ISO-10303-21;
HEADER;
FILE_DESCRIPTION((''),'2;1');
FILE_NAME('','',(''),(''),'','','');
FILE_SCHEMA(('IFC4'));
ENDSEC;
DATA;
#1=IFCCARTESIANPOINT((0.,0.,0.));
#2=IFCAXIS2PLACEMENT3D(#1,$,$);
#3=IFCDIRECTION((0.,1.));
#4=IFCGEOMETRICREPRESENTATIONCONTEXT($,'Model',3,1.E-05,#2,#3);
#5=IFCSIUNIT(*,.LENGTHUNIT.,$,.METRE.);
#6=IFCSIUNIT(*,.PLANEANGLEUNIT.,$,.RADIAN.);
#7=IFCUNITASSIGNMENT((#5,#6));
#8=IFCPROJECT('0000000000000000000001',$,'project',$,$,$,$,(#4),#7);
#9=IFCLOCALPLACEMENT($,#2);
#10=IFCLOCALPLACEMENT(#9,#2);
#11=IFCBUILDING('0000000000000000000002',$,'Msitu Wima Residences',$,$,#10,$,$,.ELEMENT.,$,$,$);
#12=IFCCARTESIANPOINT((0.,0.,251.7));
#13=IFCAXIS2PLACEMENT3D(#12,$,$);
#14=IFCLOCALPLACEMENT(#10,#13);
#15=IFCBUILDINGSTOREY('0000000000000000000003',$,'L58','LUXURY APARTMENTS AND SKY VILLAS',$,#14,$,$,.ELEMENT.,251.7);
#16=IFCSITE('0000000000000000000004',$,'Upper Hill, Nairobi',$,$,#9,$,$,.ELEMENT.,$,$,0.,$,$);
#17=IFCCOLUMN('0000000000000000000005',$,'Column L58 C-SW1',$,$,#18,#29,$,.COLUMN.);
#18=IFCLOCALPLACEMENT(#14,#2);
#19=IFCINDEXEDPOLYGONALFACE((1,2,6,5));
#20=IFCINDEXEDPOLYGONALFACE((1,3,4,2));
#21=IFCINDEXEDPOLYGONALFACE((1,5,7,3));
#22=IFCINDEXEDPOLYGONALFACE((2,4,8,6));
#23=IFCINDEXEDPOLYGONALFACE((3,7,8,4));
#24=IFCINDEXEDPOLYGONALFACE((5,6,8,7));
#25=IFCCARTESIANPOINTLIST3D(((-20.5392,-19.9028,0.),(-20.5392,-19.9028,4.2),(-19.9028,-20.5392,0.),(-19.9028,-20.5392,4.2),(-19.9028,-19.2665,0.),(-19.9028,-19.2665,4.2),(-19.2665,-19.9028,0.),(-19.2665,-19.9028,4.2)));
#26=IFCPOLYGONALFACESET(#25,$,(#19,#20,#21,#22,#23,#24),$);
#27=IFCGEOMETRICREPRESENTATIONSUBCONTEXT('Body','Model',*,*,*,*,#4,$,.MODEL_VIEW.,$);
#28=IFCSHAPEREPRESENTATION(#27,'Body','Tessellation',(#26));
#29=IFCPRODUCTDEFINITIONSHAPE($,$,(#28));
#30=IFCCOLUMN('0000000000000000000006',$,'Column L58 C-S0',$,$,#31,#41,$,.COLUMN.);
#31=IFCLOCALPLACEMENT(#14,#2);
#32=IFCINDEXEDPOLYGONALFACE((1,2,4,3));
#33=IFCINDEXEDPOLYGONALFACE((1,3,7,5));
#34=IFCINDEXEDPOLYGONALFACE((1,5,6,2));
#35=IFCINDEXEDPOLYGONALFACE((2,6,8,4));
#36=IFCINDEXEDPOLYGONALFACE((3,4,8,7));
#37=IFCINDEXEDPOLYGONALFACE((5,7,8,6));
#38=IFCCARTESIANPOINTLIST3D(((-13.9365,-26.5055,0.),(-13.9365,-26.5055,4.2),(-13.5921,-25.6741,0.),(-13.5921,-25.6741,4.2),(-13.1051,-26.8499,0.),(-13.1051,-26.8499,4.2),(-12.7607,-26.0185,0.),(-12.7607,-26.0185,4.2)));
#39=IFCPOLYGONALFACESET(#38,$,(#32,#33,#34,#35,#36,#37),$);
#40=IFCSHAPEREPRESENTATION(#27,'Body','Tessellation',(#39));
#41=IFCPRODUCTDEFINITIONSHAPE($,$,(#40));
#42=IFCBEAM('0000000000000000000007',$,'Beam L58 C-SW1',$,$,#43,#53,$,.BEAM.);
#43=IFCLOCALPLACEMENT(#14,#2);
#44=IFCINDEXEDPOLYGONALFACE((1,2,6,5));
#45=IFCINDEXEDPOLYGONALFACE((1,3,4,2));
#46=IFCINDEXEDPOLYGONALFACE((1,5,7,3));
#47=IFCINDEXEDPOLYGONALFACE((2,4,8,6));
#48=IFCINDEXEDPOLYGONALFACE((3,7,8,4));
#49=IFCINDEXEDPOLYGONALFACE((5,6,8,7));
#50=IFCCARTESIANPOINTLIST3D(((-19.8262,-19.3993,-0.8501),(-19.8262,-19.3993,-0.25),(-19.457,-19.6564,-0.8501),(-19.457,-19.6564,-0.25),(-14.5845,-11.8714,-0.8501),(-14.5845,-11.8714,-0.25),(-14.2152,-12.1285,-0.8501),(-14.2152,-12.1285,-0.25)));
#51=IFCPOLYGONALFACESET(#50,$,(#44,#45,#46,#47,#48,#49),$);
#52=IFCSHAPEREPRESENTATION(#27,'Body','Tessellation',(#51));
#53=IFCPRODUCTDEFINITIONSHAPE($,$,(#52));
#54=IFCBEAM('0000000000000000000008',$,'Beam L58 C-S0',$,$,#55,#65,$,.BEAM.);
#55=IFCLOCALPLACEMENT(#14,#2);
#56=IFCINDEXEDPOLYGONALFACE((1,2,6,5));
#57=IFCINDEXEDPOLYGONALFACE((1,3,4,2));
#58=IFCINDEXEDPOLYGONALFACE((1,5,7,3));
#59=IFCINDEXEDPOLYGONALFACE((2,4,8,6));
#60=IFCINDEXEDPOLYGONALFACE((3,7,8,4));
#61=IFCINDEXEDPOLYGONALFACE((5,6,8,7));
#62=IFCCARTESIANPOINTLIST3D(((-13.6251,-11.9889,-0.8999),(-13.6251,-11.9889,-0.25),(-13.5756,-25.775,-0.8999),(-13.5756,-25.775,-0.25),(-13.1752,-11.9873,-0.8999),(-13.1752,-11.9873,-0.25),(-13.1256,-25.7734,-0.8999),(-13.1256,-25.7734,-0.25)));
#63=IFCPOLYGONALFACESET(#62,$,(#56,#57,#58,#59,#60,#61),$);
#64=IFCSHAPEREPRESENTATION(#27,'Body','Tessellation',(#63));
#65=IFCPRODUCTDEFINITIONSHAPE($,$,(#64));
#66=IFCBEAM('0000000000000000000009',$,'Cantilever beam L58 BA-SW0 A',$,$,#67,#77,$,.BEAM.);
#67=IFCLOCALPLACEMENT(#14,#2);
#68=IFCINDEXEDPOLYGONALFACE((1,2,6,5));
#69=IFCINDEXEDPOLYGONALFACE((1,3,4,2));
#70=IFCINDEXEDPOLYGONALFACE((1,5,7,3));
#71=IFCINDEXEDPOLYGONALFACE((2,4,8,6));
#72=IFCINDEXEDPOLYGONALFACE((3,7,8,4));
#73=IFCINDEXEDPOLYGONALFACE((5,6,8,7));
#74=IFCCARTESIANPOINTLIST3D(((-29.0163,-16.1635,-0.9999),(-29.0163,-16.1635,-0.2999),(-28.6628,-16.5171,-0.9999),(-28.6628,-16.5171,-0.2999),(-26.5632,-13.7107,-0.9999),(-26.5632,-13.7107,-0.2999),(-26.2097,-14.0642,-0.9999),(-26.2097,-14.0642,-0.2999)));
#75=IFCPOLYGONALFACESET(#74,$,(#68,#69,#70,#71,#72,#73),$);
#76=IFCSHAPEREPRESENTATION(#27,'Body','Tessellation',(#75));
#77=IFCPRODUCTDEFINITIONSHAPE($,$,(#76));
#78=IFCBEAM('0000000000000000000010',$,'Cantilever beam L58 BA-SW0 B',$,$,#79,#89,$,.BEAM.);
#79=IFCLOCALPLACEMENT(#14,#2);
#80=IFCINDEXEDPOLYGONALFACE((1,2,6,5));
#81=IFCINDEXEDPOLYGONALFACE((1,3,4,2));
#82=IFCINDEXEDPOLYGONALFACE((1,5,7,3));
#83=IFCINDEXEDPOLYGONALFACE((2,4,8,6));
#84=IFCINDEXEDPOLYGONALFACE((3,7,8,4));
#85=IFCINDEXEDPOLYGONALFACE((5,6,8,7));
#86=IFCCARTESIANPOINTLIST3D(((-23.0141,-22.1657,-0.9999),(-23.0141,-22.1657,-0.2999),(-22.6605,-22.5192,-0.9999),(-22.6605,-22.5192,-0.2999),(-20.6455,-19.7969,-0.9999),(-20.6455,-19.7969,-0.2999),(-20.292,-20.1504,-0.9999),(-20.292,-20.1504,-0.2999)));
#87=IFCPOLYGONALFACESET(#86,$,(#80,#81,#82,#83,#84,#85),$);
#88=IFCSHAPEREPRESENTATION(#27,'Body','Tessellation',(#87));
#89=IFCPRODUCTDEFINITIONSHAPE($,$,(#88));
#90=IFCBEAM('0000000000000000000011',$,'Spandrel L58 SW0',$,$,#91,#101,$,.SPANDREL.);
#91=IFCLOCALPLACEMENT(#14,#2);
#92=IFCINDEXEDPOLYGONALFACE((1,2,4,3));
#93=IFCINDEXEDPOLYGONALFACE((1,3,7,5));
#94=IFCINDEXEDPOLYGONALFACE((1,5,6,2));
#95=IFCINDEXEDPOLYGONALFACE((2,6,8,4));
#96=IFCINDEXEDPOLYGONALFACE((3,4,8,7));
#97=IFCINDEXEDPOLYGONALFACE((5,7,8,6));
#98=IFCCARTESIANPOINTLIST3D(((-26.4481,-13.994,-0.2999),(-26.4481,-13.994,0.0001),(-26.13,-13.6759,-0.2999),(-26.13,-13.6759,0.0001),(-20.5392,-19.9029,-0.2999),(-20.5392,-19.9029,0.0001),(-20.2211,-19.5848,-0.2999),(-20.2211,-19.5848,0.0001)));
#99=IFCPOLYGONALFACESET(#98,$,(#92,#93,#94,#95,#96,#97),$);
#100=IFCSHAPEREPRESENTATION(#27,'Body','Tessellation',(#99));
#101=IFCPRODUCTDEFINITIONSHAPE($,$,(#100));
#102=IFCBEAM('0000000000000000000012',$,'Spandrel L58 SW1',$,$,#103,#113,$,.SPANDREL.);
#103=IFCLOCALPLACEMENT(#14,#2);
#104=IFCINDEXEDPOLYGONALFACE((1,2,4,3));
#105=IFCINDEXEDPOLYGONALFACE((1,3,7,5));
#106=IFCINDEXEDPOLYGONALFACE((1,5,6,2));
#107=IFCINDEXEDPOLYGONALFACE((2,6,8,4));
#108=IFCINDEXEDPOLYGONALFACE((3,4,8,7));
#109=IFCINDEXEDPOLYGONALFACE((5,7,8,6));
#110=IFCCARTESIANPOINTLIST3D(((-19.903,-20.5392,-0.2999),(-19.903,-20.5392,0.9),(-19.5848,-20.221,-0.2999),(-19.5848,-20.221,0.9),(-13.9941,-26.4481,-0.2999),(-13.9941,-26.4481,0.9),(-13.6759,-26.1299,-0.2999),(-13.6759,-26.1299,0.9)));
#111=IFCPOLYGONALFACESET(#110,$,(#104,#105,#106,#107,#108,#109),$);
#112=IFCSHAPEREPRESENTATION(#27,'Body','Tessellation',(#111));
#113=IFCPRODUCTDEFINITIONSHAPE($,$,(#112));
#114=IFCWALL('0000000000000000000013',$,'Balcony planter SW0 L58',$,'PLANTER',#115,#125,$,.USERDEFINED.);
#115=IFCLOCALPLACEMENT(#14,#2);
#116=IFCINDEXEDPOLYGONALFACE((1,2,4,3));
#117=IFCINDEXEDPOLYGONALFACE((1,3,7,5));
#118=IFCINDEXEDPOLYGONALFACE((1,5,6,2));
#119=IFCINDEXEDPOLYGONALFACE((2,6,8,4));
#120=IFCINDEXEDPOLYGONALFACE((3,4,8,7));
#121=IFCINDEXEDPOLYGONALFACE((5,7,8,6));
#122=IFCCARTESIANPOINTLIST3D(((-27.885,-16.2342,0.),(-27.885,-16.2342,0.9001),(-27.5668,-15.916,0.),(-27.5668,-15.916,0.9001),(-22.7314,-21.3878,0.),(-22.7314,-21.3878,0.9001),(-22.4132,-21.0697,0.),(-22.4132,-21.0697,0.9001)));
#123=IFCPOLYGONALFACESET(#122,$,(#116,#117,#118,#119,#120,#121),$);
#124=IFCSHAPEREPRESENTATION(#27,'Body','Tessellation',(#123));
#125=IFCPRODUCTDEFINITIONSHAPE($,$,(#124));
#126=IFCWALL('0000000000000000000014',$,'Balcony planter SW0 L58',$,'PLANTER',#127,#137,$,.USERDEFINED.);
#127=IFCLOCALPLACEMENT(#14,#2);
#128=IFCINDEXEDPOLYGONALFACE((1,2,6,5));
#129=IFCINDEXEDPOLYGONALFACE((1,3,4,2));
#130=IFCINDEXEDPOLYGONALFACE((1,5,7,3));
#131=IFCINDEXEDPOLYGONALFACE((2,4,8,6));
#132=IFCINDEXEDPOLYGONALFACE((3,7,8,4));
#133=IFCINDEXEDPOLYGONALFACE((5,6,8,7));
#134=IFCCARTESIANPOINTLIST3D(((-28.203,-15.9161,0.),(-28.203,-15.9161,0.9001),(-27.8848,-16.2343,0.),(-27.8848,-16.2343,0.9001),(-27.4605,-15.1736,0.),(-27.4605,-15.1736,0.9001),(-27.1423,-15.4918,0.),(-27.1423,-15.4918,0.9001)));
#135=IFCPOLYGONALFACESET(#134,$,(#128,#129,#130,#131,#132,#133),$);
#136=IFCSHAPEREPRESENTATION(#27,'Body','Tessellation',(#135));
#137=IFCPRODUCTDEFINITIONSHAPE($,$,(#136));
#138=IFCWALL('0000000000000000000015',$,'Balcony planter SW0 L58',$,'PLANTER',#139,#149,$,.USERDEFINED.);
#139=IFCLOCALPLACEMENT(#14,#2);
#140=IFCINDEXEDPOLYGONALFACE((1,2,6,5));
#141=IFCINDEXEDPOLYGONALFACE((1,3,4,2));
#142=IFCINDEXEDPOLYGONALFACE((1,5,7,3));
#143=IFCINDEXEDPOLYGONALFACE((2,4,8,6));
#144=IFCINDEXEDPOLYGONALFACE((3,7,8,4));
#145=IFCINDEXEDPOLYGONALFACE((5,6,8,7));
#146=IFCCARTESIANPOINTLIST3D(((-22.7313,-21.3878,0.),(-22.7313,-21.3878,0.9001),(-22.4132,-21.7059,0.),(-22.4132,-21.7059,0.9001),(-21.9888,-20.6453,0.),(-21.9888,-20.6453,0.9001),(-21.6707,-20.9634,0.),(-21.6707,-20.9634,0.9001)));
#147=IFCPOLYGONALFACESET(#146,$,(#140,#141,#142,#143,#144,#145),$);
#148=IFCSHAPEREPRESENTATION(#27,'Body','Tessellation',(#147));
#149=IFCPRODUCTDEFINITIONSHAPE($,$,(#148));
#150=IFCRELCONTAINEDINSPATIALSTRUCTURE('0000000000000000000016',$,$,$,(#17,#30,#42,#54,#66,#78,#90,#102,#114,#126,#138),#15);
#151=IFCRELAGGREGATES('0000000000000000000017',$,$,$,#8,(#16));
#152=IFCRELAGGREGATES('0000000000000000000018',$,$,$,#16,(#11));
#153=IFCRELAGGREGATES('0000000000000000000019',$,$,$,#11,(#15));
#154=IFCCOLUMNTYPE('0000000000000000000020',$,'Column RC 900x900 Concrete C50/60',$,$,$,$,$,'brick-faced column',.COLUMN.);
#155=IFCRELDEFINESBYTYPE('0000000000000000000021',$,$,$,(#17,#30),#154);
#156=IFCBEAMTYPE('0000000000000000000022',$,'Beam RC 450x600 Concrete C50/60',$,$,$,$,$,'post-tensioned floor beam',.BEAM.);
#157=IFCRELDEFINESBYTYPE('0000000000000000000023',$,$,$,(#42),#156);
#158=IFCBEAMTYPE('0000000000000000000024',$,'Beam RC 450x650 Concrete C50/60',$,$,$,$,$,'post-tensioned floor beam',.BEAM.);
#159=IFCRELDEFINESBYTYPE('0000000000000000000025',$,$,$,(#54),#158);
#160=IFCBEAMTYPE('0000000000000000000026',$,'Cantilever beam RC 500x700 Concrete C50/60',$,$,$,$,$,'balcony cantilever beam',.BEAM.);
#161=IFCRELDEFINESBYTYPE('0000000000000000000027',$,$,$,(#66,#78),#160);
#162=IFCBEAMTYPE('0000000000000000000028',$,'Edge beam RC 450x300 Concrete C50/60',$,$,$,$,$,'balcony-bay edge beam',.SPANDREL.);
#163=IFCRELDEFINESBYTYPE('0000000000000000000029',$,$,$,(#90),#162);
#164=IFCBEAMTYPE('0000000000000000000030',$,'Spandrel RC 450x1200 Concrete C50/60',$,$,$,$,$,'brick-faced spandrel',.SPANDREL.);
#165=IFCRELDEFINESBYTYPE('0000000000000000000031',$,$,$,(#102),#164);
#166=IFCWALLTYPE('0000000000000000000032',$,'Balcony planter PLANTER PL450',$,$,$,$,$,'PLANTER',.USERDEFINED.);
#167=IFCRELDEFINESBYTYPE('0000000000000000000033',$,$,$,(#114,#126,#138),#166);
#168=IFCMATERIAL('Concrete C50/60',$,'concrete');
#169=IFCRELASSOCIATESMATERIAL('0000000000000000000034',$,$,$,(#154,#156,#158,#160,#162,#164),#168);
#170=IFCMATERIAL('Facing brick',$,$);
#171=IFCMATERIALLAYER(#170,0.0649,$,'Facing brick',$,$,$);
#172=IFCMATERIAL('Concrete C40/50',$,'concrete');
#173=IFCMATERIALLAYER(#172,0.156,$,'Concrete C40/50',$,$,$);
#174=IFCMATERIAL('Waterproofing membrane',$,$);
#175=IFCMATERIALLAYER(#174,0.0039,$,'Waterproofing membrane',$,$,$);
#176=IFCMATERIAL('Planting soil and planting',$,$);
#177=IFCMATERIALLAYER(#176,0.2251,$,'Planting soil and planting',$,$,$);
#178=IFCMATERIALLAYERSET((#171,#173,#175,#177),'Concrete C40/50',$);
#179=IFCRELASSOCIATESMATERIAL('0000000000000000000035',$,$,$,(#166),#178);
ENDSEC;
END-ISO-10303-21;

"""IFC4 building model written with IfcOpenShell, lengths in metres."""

from ifc_helpers import new_model, si_unit, direction, frame, frame_2d, origin, origin_2d, place, context, subcontext, project, spatial, rectangle, extrude, material, layer, layer_set, material_profile, profile_set, type_object, element, save


model = new_model("IFC4")

# Units and contexts
model_context = context("Model", 3, precision=1e-05, world=origin(), true_north=direction((0.0, 1.0)))
body_context = subcontext(model_context, "Body", "Model", "MODEL_VIEW")
ifc_project = project(units=[si_unit("LENGTHUNIT", "METRE"), si_unit("PLANEANGLEUNIT", "RADIAN")], contexts=[model_context])

# Site, building, storey
site_placement = place(None, origin())
site = spatial("IfcSite", under=ifc_project, at=site_placement, Name="Upper Hill, Nairobi", CompositionType="ELEMENT", RefElevation=0.0)
building_placement = place(site_placement, origin())
building = spatial("IfcBuilding", under=site, at=building_placement, Name="Msitu Wima Residences", CompositionType="ELEMENT")
storey_placement = place(building_placement, frame((0.0, 0.0, 251.7)))
storey = spatial("IfcBuildingStorey", under=building, at=storey_placement, Name="L58", Description="LUXURY APARTMENTS AND SKY VILLAS", CompositionType="ELEMENT", Elevation=251.7)

# Columns
ifc_material_1 = material(Name="Concrete C50/60", Category="concrete")
ifc_material_profile_1 = material_profile(ifc_material_1, rectangle(XDim=0.8999, YDim=0.8999, at=origin_2d()), Name="RC 900x900")
ifc_profile_set_1 = profile_set([ifc_material_profile_1], Name="Concrete C50/60")
column_type = type_object("IfcColumnType", Name="Column RC 900x900 Concrete C50/60", ElementType="brick-faced column", PredefinedType="COLUMN", material=ifc_profile_set_1)
for number, where, z_axis, x_axis, name in (
    (1, (-19.9028, -19.9028, 0.0), (0.0, 0.0, 1.0), (0.707107, -0.707107, 0.0), "Column L58 C-SW1"),
    (2, (-13.3486, -26.262, 0.0), (0.0, 0.0, 1.0), (0.92388, -0.382683, 0.0), "Column L58 C-S0"),
):
    element("IfcColumn", number, at=place(storey_placement, frame(where, z_axis=z_axis, x_axis=x_axis)), inside=storey, type_object=column_type, Name=name, PredefinedType="COLUMN", context=body_context, shape_type="SweptSolid", body=[
        extrude(rectangle(XDim=0.8999, YDim=0.8999, at=origin_2d()), origin(), (0.0, 0.0, 1.0), 4.2),
    ])

# Beams
ifc_material_profile_2 = material_profile(ifc_material_1, rectangle(XDim=0.45, YDim=0.6001, at=origin_2d()), Name="RC 450x600")
ifc_profile_set_2 = profile_set([ifc_material_profile_2], Name="Concrete C50/60")
beam_type_1 = type_object("IfcBeamType", Name="Beam RC 450x600 Concrete C50/60", ElementType="post-tensioned floor beam", PredefinedType="BEAM", material=ifc_profile_set_2)
beam_1_placement = place(storey_placement, frame((-19.6416, -19.5278, -0.55), z_axis=(0.571428, 0.820652, 0.0), x_axis=(-0.820652, 0.571428, 0.0)))
element("IfcBeam", 3, at=beam_1_placement, inside=storey, type_object=beam_type_1, Name="Beam L58 C-SW1", PredefinedType="BEAM", context=body_context, shape_type="SweptSolid", body=[
    extrude(rectangle(XDim=0.45, YDim=0.6001, at=origin_2d()), origin(), (0.0, 0.0, 1.0), 9.1731),
])
ifc_material_profile_3 = material_profile(ifc_material_1, rectangle(XDim=0.45, YDim=0.6499, at=origin_2d()), Name="RC 450x650")
ifc_profile_set_3 = profile_set([ifc_material_profile_3], Name="Concrete C50/60")
beam_type_2 = type_object("IfcBeamType", Name="Beam RC 450x650 Concrete C50/60", ElementType="post-tensioned floor beam", PredefinedType="BEAM", material=ifc_profile_set_3)
beam_2_placement = place(storey_placement, frame((-13.3506, -25.7742, -0.575), z_axis=(-0.003595, 0.999994, 0.0), x_axis=(-0.999994, -0.003595, 0.0)))
element("IfcBeam", 4, at=beam_2_placement, inside=storey, type_object=beam_type_2, Name="Beam L58 C-S0", PredefinedType="BEAM", context=body_context, shape_type="SweptSolid", body=[
    extrude(rectangle(XDim=0.45, YDim=0.6499, at=origin_2d()), origin(), (0.0, 0.0, 1.0), 13.7861),
])
ifc_material_profile_4 = material_profile(ifc_material_1, rectangle(XDim=0.5, YDim=0.7, at=origin_2d()), Name="RC 500x700")
ifc_profile_set_4 = profile_set([ifc_material_profile_4], Name="Concrete C50/60")
beam_type_3 = type_object("IfcBeamType", Name="Cantilever beam RC 500x700 Concrete C50/60", ElementType="balcony cantilever beam", PredefinedType="BEAM", material=ifc_profile_set_4)
beam_3_placement = place(storey_placement, frame((-26.3865, -13.8875, -0.6499), z_axis=(-0.707142, -0.707072, 0.0), x_axis=(0.707072, -0.707142, 0.0)))
element("IfcBeam", 5, at=beam_3_placement, inside=storey, type_object=beam_type_3, Name="Cantilever beam L58 BA-SW0 A", PredefinedType="BEAM", context=body_context, shape_type="SweptSolid", body=[
    extrude(rectangle(XDim=0.5, YDim=0.7, at=origin_2d()), origin(), (0.0, 0.0, 1.0), 3.469),
])
beam_4_placement = place(storey_placement, frame((-20.4688, -19.9736, -0.6499), z_axis=(-0.70707, -0.707143, 0.0), x_axis=(0.707143, -0.70707, 0.0)))
element("IfcBeam", 6, at=beam_4_placement, inside=storey, type_object=beam_type_3, Name="Cantilever beam L58 BA-SW0 B", PredefinedType="BEAM", context=body_context, shape_type="SweptSolid", body=[
    extrude(rectangle(XDim=0.5, YDim=0.7, at=origin_2d()), origin(), (0.0, 0.0, 1.0), 3.3499),
])
ifc_material_profile_5 = material_profile(ifc_material_1, rectangle(XDim=0.45, YDim=0.3, at=origin_2d()), Name="RC 450x300")
ifc_profile_set_5 = profile_set([ifc_material_profile_5], Name="Concrete C50/60")
beam_type_4 = type_object("IfcBeamType", Name="Edge beam RC 450x300 Concrete C50/60", ElementType="balcony-bay edge beam", PredefinedType="SPANDREL", material=ifc_profile_set_5)
beam_5_placement = place(storey_placement, frame((-26.2891, -13.835, -0.1499), z_axis=(0.707107, -0.707107, 0.0), x_axis=(0.707107, 0.707107, 0.0)))
element("IfcBeam", 7, at=beam_5_placement, inside=storey, type_object=beam_type_4, Name="Spandrel L58 SW0", PredefinedType="SPANDREL", context=body_context, shape_type="SweptSolid", body=[
    extrude(rectangle(XDim=0.45, YDim=0.3, at=origin_2d()), origin(), (0.0, 0.0, 1.0), 8.3564),
])
ifc_material_profile_6 = material_profile(ifc_material_1, rectangle(XDim=0.45, YDim=1.2, at=origin_2d()), Name="RC 450x1200")
ifc_profile_set_6 = profile_set([ifc_material_profile_6], Name="Concrete C50/60")
beam_type_5 = type_object("IfcBeamType", Name="Spandrel RC 450x1200 Concrete C50/60", ElementType="brick-faced spandrel", PredefinedType="SPANDREL", material=ifc_profile_set_6)
beam_6_placement = place(storey_placement, frame((-19.7439, -20.3801, 0.3), z_axis=(0.707107, -0.707107, 0.0), x_axis=(0.707107, 0.707107, 0.0)))
element("IfcBeam", 8, at=beam_6_placement, inside=storey, type_object=beam_type_5, Name="Spandrel L58 SW1", PredefinedType="SPANDREL", context=body_context, shape_type="SweptSolid", body=[
    extrude(rectangle(XDim=0.45, YDim=1.2, at=origin_2d()), origin(), (0.0, 0.0, 1.0), 8.3564),
])

# Walls
ifc_material_2 = material(Name="Facing brick")
ifc_layer_1 = layer(ifc_material_2, 0.0649, Name="Facing brick")
ifc_material_3 = material(Name="Concrete C40/50", Category="concrete")
ifc_layer_2 = layer(ifc_material_3, 0.156, Name="Concrete C40/50")
ifc_material_4 = material(Name="Waterproofing membrane")
ifc_layer_3 = layer(ifc_material_4, 0.0039, Name="Waterproofing membrane")
ifc_material_5 = material(Name="Planting soil and planting")
ifc_layer_4 = layer(ifc_material_5, 0.2251, Name="Planting soil and planting")
ifc_layer_set_1 = layer_set([ifc_layer_1, ifc_layer_2, ifc_layer_3, ifc_layer_4], Name="Concrete C40/50")
wall_type_1 = type_object("IfcWallType", Name="Balcony planter PLANTER PL450", ElementType="PLANTER", PredefinedType="USERDEFINED", material=ifc_layer_set_1)
wall_1_placement = place(storey_placement, frame((-27.7258, -16.0752, 0.0), z_axis=(0.0, 0.0, 1.0), x_axis=(0.707107, -0.707107, 0.0)))
element("IfcWall", 9, at=wall_1_placement, inside=storey, type_object=wall_type_1, Name="Balcony planter SW0 L58", ObjectType="PLANTER", PredefinedType="USERDEFINED", context=body_context, shape_type="SweptSolid", body=[
    extrude(rectangle(XDim=7.2883, YDim=0.45, at=frame_2d((3.644, 0.0))), origin(), (0.0, 0.0, 1.0), 0.9001),
])
for number, where, z_axis, x_axis, name in (
    (10, (-27.3015, -15.3328, 0.0), (0.0, 0.0, 1.0), (-0.707107, -0.707107, 0.0), "Balcony planter SW0 L58"),
    (11, (-21.8298, -20.8044, 0.0), (0.0, 0.0, 1.0), (-0.707107, -0.707107, 0.0), "Balcony planter SW0 L58"),
):
    element("IfcWall", number, at=place(storey_placement, frame(where, z_axis=z_axis, x_axis=x_axis)), inside=storey, type_object=wall_type_1, Name=name, ObjectType="PLANTER", PredefinedType="USERDEFINED", context=body_context, shape_type="SweptSolid", body=[
        extrude(rectangle(XDim=1.05, YDim=0.45, at=frame_2d((0.5249, 0.0))), origin(), (0.0, 0.0, 1.0), 0.9001),
    ])

save(model, "model.ifc")
